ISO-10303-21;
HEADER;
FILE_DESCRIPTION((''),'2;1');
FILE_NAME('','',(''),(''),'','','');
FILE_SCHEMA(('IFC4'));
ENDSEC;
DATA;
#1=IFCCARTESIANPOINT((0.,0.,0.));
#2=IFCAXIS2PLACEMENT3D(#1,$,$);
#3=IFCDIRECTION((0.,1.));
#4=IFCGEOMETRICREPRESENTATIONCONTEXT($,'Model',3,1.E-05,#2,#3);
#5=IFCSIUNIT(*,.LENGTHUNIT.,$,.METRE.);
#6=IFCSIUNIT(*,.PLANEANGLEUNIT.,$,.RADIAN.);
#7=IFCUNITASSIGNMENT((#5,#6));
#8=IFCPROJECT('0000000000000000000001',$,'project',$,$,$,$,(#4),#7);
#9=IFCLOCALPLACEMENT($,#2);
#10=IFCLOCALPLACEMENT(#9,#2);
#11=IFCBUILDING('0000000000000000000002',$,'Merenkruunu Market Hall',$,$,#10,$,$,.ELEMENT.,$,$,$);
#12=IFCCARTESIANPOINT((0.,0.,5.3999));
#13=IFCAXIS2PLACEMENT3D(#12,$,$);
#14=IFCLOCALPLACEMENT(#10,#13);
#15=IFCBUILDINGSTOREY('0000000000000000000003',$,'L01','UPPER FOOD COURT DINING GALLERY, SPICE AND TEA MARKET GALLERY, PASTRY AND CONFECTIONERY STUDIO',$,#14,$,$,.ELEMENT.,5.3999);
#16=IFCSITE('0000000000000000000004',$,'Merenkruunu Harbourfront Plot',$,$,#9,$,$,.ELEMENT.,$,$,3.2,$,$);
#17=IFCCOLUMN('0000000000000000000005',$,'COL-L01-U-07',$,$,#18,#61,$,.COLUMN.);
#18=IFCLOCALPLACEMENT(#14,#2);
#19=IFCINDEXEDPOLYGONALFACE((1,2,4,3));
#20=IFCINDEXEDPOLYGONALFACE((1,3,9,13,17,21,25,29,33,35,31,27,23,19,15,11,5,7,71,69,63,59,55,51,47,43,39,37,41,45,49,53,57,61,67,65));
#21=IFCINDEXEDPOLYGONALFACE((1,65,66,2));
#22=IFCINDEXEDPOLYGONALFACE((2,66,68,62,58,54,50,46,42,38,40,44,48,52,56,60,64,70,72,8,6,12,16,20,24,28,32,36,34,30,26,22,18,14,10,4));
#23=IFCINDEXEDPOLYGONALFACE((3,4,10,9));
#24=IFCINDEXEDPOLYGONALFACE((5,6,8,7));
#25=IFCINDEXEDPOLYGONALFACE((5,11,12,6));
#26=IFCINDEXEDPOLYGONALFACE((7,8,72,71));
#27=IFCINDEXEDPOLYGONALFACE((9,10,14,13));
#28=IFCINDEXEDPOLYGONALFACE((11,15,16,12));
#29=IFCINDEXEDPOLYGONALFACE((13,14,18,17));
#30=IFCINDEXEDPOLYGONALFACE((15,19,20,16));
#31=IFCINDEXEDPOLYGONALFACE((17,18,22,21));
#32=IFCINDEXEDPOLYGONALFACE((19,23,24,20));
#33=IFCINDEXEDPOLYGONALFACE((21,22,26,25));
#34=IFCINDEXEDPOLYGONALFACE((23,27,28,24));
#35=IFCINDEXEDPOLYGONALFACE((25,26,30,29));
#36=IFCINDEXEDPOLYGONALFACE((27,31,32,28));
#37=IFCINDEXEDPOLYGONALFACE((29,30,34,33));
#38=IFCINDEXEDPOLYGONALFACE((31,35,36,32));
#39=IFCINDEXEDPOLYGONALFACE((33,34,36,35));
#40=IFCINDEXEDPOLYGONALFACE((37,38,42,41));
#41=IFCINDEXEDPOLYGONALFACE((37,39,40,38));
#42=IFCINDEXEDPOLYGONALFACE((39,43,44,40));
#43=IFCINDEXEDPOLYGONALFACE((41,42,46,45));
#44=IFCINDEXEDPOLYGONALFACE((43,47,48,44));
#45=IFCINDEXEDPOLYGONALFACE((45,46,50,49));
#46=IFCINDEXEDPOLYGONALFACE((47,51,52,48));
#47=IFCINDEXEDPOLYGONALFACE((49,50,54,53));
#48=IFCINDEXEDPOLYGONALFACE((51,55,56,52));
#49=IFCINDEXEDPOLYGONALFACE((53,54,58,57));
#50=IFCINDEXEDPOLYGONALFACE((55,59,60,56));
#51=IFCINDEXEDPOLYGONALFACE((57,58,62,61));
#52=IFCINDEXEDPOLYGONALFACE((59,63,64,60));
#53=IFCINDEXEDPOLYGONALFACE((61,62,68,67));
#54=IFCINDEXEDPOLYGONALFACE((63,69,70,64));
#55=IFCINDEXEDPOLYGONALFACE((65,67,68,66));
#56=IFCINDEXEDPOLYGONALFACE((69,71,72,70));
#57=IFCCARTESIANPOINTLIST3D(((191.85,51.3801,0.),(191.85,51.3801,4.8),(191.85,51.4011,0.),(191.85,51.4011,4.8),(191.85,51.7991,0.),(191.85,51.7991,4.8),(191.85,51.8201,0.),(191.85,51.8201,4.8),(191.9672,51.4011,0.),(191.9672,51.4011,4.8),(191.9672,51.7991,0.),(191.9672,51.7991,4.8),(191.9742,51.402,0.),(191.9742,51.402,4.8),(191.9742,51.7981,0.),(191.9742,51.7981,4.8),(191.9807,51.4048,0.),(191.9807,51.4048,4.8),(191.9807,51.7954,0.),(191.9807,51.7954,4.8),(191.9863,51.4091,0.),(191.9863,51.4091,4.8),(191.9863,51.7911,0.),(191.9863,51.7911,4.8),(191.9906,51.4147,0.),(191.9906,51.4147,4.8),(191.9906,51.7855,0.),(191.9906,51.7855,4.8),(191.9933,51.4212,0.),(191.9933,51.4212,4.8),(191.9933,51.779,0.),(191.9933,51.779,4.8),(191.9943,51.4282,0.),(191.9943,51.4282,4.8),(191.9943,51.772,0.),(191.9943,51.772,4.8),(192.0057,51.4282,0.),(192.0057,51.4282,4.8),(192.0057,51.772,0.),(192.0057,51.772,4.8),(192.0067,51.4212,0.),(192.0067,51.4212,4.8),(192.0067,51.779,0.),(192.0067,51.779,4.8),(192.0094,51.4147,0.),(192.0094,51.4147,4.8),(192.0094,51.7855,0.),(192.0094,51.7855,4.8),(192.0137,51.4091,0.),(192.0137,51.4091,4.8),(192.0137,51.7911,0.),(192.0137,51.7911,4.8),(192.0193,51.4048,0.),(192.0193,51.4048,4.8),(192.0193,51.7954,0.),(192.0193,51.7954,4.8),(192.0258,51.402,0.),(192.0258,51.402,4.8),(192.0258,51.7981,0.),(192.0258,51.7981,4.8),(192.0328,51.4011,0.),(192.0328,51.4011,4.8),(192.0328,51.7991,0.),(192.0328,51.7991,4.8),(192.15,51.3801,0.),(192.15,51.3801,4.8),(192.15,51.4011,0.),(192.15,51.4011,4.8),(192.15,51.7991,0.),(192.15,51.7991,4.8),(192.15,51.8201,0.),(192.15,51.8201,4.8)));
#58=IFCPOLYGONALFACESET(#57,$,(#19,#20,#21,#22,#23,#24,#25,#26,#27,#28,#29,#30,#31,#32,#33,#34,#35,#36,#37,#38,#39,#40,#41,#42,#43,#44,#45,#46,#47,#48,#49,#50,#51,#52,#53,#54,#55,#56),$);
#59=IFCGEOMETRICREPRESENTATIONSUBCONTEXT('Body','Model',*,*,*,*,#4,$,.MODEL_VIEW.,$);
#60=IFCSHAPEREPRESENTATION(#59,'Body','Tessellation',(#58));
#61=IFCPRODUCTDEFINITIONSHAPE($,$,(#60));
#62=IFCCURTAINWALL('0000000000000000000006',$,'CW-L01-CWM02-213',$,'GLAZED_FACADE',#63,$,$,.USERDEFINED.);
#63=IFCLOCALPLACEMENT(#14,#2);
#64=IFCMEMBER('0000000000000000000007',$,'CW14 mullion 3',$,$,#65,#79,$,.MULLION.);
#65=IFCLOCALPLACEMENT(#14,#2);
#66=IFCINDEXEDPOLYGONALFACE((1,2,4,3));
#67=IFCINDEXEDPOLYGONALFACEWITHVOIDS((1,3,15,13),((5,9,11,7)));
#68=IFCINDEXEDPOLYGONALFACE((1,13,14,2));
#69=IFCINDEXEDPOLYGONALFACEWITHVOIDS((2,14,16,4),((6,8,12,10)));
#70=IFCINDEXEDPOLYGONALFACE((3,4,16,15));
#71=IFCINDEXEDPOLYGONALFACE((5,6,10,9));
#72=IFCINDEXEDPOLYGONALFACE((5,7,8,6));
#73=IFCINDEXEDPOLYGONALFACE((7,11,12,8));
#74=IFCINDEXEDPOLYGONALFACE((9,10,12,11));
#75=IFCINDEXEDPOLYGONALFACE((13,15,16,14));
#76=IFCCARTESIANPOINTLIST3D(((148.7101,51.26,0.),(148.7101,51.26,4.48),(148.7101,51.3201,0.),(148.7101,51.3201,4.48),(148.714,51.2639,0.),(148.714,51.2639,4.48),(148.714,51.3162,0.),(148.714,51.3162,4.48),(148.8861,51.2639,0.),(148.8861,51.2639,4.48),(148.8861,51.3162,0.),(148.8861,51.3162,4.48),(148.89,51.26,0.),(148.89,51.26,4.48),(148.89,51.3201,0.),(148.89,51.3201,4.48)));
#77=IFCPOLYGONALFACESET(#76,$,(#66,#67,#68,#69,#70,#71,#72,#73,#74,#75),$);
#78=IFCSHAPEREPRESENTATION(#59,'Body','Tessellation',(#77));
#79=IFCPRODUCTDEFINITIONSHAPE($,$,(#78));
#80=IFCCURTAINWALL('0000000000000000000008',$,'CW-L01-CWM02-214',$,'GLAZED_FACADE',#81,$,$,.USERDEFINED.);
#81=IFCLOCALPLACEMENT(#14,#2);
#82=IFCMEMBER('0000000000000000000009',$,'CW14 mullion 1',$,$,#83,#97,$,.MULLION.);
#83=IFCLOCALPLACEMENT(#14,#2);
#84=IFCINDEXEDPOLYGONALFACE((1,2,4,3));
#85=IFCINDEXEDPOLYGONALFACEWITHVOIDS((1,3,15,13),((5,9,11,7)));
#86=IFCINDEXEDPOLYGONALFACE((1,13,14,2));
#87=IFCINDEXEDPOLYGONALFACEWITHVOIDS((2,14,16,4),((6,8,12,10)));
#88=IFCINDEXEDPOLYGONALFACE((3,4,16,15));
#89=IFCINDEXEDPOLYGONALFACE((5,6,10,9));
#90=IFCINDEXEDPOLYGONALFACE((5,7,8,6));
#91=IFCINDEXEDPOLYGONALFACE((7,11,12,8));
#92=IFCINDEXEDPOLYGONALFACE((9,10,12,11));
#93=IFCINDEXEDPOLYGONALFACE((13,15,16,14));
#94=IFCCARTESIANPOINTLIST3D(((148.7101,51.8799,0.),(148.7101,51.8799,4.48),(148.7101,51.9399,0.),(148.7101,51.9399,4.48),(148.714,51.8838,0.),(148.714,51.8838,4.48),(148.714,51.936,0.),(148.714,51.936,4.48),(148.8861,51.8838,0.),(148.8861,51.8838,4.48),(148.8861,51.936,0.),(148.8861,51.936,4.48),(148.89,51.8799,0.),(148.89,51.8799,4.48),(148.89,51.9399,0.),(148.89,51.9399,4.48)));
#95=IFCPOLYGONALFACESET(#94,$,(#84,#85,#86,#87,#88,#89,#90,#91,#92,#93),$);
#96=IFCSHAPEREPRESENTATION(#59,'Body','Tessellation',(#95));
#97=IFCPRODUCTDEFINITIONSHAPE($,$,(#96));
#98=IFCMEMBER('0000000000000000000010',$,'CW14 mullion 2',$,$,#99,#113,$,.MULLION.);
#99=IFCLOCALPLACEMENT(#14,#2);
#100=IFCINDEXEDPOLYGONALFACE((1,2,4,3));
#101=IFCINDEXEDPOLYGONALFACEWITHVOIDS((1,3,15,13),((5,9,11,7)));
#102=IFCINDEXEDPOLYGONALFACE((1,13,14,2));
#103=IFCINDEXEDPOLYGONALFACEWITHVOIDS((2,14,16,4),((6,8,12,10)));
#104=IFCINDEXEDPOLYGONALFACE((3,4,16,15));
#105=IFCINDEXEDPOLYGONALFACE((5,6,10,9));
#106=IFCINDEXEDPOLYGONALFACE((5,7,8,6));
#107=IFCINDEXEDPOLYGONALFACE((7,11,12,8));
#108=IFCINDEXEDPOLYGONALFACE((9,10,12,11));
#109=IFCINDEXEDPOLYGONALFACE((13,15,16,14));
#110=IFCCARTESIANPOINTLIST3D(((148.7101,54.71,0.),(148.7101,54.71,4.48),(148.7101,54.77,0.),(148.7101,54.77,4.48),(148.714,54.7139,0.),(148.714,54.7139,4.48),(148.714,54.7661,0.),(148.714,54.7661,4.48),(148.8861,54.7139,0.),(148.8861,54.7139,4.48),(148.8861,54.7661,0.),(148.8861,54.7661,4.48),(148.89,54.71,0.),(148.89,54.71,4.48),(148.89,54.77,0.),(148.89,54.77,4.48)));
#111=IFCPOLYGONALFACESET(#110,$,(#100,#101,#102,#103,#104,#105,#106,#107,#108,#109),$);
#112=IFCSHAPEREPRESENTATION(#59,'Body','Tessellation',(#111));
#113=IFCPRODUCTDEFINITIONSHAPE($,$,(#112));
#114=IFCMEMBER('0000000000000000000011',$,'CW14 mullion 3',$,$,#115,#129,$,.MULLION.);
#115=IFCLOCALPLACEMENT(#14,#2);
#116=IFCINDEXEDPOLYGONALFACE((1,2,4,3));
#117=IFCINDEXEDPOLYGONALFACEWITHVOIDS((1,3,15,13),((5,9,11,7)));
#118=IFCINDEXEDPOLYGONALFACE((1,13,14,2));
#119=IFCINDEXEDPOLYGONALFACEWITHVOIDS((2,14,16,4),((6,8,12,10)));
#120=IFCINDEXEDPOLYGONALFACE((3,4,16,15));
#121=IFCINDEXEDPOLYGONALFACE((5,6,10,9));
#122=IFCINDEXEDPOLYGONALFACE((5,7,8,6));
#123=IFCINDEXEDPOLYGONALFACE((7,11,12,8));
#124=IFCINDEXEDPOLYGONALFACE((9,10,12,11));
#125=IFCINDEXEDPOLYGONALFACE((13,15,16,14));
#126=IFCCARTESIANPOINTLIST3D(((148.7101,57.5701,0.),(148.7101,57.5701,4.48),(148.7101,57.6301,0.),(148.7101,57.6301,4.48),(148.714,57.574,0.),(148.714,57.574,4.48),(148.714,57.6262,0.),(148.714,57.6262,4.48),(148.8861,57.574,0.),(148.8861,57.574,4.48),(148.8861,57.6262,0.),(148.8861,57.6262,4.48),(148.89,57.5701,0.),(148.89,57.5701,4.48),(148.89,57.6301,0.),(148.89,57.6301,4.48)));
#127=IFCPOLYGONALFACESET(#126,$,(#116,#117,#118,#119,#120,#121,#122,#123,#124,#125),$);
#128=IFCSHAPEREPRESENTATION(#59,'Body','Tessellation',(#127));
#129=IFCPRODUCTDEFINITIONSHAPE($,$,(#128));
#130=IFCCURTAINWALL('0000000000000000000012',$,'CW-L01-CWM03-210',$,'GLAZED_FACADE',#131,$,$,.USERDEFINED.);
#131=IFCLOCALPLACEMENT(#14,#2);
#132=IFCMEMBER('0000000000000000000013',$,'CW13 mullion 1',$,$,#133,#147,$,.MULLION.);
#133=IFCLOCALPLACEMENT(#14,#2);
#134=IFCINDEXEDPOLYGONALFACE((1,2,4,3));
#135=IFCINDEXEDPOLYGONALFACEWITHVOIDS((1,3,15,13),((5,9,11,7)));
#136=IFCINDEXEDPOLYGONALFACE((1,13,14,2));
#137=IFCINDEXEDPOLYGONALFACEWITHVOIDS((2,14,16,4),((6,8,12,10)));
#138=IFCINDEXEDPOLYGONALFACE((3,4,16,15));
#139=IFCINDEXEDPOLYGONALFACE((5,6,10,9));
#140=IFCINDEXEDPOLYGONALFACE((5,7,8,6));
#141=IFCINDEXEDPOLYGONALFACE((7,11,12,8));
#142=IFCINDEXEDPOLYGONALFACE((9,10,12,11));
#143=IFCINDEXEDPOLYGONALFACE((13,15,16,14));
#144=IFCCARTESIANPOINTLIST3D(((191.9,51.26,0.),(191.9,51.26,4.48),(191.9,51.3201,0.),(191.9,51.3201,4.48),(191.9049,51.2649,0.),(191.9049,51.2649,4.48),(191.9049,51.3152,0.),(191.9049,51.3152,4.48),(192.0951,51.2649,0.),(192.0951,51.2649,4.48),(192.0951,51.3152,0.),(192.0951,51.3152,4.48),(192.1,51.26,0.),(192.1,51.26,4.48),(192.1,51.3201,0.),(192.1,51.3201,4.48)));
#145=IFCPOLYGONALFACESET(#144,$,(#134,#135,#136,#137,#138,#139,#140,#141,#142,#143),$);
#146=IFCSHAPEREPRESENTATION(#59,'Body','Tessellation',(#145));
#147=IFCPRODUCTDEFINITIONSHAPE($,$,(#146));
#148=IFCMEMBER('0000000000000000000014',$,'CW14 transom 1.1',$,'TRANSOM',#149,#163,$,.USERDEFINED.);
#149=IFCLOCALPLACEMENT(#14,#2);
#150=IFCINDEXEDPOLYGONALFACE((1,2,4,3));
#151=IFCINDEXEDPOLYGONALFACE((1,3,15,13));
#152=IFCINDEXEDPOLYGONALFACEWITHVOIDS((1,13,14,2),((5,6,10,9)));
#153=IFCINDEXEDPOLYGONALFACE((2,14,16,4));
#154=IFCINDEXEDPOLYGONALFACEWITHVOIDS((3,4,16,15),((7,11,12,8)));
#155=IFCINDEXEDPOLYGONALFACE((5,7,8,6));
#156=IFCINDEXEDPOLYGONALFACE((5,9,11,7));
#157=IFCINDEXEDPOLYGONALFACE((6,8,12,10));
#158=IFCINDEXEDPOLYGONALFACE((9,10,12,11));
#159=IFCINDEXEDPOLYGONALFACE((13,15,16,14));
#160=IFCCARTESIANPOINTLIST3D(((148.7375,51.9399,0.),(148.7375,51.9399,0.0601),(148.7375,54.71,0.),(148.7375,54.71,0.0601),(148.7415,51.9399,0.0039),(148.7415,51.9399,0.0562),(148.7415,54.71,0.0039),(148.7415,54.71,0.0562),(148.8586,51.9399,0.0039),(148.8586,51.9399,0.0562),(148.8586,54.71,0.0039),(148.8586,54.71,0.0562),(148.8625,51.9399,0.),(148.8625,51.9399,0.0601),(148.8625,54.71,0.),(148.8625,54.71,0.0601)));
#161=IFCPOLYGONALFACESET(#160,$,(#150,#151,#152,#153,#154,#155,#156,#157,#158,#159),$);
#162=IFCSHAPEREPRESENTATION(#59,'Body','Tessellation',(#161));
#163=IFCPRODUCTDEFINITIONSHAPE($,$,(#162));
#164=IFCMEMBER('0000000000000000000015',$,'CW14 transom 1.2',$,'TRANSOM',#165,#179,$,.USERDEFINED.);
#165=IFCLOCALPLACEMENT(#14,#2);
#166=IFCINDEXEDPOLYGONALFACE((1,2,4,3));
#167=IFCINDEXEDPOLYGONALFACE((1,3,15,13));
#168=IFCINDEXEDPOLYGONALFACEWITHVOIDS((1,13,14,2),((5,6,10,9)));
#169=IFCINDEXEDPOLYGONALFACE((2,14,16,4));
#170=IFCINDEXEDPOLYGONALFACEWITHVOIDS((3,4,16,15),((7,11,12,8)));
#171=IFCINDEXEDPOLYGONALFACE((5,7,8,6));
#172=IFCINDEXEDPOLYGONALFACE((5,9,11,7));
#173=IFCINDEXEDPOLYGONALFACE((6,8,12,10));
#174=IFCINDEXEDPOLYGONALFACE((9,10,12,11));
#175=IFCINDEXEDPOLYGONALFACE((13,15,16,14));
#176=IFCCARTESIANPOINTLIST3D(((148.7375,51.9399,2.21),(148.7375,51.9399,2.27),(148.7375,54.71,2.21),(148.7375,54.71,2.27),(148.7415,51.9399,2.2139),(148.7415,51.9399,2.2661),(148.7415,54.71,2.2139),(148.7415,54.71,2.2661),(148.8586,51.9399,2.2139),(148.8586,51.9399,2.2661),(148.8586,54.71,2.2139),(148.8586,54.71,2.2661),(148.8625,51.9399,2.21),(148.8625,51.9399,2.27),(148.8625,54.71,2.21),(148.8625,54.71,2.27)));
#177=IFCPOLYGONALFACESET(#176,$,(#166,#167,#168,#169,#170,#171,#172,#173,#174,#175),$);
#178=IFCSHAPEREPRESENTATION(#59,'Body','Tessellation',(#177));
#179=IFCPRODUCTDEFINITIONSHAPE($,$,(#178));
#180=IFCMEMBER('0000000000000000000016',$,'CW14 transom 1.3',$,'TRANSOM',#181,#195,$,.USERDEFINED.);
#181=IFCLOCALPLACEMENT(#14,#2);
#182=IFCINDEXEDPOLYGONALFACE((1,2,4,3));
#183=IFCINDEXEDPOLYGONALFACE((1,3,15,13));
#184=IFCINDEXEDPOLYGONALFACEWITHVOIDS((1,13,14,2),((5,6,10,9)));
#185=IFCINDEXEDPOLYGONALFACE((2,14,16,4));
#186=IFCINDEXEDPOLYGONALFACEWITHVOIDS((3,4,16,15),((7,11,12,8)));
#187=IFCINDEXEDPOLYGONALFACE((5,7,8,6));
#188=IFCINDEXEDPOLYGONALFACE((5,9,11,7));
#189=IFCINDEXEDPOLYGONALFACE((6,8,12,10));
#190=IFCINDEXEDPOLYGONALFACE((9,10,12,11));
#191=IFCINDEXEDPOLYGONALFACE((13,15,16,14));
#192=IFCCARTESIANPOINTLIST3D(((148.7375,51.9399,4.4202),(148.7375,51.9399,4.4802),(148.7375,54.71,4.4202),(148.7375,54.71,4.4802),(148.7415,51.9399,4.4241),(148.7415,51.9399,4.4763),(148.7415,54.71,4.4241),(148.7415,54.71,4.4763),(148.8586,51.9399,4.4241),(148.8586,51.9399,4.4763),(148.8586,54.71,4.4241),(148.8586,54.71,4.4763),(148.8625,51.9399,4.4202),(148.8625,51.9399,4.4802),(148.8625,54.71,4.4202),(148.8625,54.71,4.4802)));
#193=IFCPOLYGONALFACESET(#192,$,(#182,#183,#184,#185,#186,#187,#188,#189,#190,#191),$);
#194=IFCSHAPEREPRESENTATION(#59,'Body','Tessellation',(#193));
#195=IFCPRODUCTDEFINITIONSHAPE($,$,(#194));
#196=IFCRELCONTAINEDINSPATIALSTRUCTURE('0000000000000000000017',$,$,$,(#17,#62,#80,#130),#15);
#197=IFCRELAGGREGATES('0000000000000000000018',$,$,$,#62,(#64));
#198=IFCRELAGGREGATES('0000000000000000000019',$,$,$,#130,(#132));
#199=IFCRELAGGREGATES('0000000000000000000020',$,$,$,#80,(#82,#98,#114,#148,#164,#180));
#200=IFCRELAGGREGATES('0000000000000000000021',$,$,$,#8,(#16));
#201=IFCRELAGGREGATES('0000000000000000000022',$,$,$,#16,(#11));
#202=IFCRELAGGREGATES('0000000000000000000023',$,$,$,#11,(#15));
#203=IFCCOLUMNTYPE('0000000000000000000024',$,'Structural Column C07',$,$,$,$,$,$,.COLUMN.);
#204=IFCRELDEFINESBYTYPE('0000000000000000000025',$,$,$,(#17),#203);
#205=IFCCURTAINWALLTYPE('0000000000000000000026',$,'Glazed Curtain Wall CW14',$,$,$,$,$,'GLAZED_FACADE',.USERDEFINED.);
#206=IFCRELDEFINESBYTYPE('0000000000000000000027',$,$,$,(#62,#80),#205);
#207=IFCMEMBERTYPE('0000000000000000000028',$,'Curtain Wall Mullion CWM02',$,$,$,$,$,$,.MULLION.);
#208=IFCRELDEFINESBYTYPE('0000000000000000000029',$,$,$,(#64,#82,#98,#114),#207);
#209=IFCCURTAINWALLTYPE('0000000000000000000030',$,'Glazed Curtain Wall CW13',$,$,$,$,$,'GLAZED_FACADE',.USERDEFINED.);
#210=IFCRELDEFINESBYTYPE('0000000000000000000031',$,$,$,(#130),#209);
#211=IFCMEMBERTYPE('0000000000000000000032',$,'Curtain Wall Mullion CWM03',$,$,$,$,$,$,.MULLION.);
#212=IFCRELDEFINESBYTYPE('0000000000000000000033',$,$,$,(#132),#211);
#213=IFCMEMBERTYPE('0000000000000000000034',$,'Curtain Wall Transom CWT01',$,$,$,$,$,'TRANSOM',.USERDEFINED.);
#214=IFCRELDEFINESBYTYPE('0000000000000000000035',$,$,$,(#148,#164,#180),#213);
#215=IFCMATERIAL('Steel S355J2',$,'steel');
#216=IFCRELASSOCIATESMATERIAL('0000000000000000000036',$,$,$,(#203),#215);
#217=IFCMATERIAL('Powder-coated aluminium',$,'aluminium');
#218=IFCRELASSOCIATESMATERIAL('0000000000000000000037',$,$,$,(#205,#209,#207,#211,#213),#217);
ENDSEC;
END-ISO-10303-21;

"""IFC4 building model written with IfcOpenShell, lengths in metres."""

from ifc_helpers import new_model, si_unit, direction, frame, origin, origin_2d, place, context, subcontext, project, spatial, hollow_rectangle, i_section, extrude, material, material_profile, profile_set, type_object, element, aggregate, save


model = new_model("IFC4")

# Units and contexts
model_context = context("Model", 3, precision=1e-05, world=origin(), true_north=direction((0.0, 1.0)))
body_context = subcontext(model_context, "Body", "Model", "MODEL_VIEW")
ifc_project = project(units=[si_unit("LENGTHUNIT", "METRE"), si_unit("PLANEANGLEUNIT", "RADIAN")], contexts=[model_context])

# Site, building, storey
site_placement = place(None, origin())
site = spatial("IfcSite", under=ifc_project, at=site_placement, Name="Merenkruunu Harbourfront Plot", CompositionType="ELEMENT", RefElevation=3.2)
building_placement = place(site_placement, origin())
building = spatial("IfcBuilding", under=site, at=building_placement, Name="Merenkruunu Market Hall", CompositionType="ELEMENT")
storey_placement = place(building_placement, frame((0.0, 0.0, 5.3999)))
storey = spatial("IfcBuildingStorey", under=building, at=storey_placement, Name="L01", Description="UPPER FOOD COURT DINING GALLERY, SPICE AND TEA MARKET GALLERY, PASTRY AND CONFECTIONERY STUDIO", CompositionType="ELEMENT", Elevation=5.3999)

# Column
ifc_material_1 = material(Name="Steel S355J2", Category="steel")
ifc_material_profile_1 = material_profile(ifc_material_1, i_section(OverallWidth=0.3, OverallDepth=0.4399, WebThickness=0.0115, FlangeThickness=0.021, FilletRadius=0.0271, at=origin_2d()), Name="HEA 450")
ifc_profile_set_1 = profile_set([ifc_material_profile_1], Name="Steel S355J2")
column_type = type_object("IfcColumnType", Name="Structural Column C07", PredefinedType="COLUMN", material=ifc_profile_set_1)
for number, where, z_axis, x_axis, name in (
    (1, (192.0, 51.6001, 0.0), (0.0, 0.0, 1.0), (1.0, 0.0, 0.0), "COL-L01-U-07"),
):
    element("IfcColumn", number, at=place(storey_placement, frame(where, z_axis=z_axis, x_axis=x_axis)), inside=storey, type_object=column_type, Name=name, PredefinedType="COLUMN", context=body_context, shape_type="SweptSolid", body=[
        extrude(i_section(OverallWidth=0.3, OverallDepth=0.4399, WebThickness=0.0115, FlangeThickness=0.021, FilletRadius=0.0271, at=origin_2d()), origin(), (0.0, 0.0, 1.0), 4.8),
    ])

# Curtain wall, member
ifc_material_2 = material(Name="Powder-coated aluminium", Category="aluminium")
curtain_wall_type_1 = type_object("IfcCurtainWallType", Name="Glazed Curtain Wall CW14", ElementType="GLAZED_FACADE", PredefinedType="USERDEFINED", material=ifc_material_2)
curtain_wall_1_placement = place(storey_placement, origin())
curtain_wall_1 = element("IfcCurtainWall", 2, at=curtain_wall_1_placement, inside=storey, type_object=curtain_wall_type_1, Name="CW-L01-CWM02-213", ObjectType="GLAZED_FACADE", PredefinedType="USERDEFINED")
ifc_material_profile_2 = material_profile(ifc_material_2, hollow_rectangle(XDim=0.0601, YDim=0.1799, WallThickness=0.0039, at=origin_2d()), Name="ALU 60x180x4")
ifc_profile_set_2 = profile_set([ifc_material_profile_2], Name="Powder-coated aluminium")
member_type_1 = type_object("IfcMemberType", Name="Curtain Wall Mullion CWM02", PredefinedType="MULLION", material=ifc_profile_set_2)
member_1_placement = place(storey_placement, frame((148.8, 51.29, 0.0), z_axis=(0.0, 0.0, 1.0), x_axis=(0.0, 1.0, 0.0)))
member_1 = element("IfcMember", 3, at=member_1_placement, type_object=member_type_1, Name="CW14 mullion 3", PredefinedType="MULLION", context=body_context, shape_type="SweptSolid", body=[
    extrude(hollow_rectangle(XDim=0.0601, YDim=0.1799, WallThickness=0.0039, at=origin_2d()), origin(), (0.0, 0.0, 1.0), 4.48),
])
aggregate(curtain_wall_1, [member_1])

# Curtain wall, members
curtain_wall_2_placement = place(storey_placement, origin())
curtain_wall_2 = element("IfcCurtainWall", 4, at=curtain_wall_2_placement, inside=storey, type_object=curtain_wall_type_1, Name="CW-L01-CWM02-214", ObjectType="GLAZED_FACADE", PredefinedType="USERDEFINED")
member_2_placement = place(storey_placement, frame((148.8, 51.9099, 0.0), z_axis=(0.0, 0.0, 1.0), x_axis=(0.0, 1.0, 0.0)))
member_2 = element("IfcMember", 5, at=member_2_placement, type_object=member_type_1, Name="CW14 mullion 1", PredefinedType="MULLION", context=body_context, shape_type="SweptSolid", body=[
    extrude(hollow_rectangle(XDim=0.0601, YDim=0.1799, WallThickness=0.0039, at=origin_2d()), origin(), (0.0, 0.0, 1.0), 4.48),
])
member_3_placement = place(storey_placement, frame((148.8, 54.74, 0.0), z_axis=(0.0, 0.0, 1.0), x_axis=(0.0, 1.0, 0.0)))
member_3 = element("IfcMember", 6, at=member_3_placement, type_object=member_type_1, Name="CW14 mullion 2", PredefinedType="MULLION", context=body_context, shape_type="SweptSolid", body=[
    extrude(hollow_rectangle(XDim=0.0601, YDim=0.1799, WallThickness=0.0039, at=origin_2d()), origin(), (0.0, 0.0, 1.0), 4.48),
])
member_4_placement = place(storey_placement, frame((148.8, 57.6001, 0.0), z_axis=(0.0, 0.0, 1.0), x_axis=(0.0, 1.0, 0.0)))
member_4 = element("IfcMember", 7, at=member_4_placement, type_object=member_type_1, Name="CW14 mullion 3", PredefinedType="MULLION", context=body_context, shape_type="SweptSolid", body=[
    extrude(hollow_rectangle(XDim=0.0601, YDim=0.1799, WallThickness=0.0039, at=origin_2d()), origin(), (0.0, 0.0, 1.0), 4.48),
])

# Curtain wall, member
curtain_wall_type_2 = type_object("IfcCurtainWallType", Name="Glazed Curtain Wall CW13", ElementType="GLAZED_FACADE", PredefinedType="USERDEFINED", material=ifc_material_2)
curtain_wall_3_placement = place(storey_placement, origin())
curtain_wall_3 = element("IfcCurtainWall", 8, at=curtain_wall_3_placement, inside=storey, type_object=curtain_wall_type_2, Name="CW-L01-CWM03-210", ObjectType="GLAZED_FACADE", PredefinedType="USERDEFINED")
ifc_material_profile_3 = material_profile(ifc_material_2, hollow_rectangle(XDim=0.0601, YDim=0.2, WallThickness=0.0049, at=origin_2d()), Name="ALU 60x200x5")
ifc_profile_set_3 = profile_set([ifc_material_profile_3], Name="Powder-coated aluminium")
member_type_2 = type_object("IfcMemberType", Name="Curtain Wall Mullion CWM03", PredefinedType="MULLION", material=ifc_profile_set_3)
member_5_placement = place(storey_placement, frame((192.0, 51.29, 0.0), z_axis=(0.0, 0.0, 1.0), x_axis=(0.0, -1.0, 0.0)))
member_5 = element("IfcMember", 9, at=member_5_placement, type_object=member_type_2, Name="CW13 mullion 1", PredefinedType="MULLION", context=body_context, shape_type="SweptSolid", body=[
    extrude(hollow_rectangle(XDim=0.0601, YDim=0.2, WallThickness=0.0049, at=origin_2d()), origin(), (0.0, 0.0, 1.0), 4.48),
])
aggregate(curtain_wall_3, [member_5])

# Members
ifc_material_profile_4 = material_profile(ifc_material_2, hollow_rectangle(XDim=0.0601, YDim=0.125, WallThickness=0.0039, at=origin_2d()), Name="ALU 60x125x4")
ifc_profile_set_4 = profile_set([ifc_material_profile_4], Name="Powder-coated aluminium")
member_type_3 = type_object("IfcMemberType", Name="Curtain Wall Transom CWT01", ElementType="TRANSOM", PredefinedType="USERDEFINED", material=ifc_profile_set_4)
member_6_placement = place(storey_placement, frame((148.8, 51.9399, 0.03), z_axis=(0.0, 1.0, 0.0), x_axis=(0.0, 0.0, 1.0)))
member_6 = element("IfcMember", 10, at=member_6_placement, type_object=member_type_3, Name="CW14 transom 1.1", ObjectType="TRANSOM", PredefinedType="USERDEFINED", context=body_context, shape_type="SweptSolid", body=[
    extrude(hollow_rectangle(XDim=0.0601, YDim=0.125, WallThickness=0.0039, at=origin_2d()), origin(), (0.0, 0.0, 1.0), 2.77),
])
member_7_placement = place(storey_placement, frame((148.8, 51.9399, 2.24), z_axis=(0.0, 1.0, 0.0), x_axis=(0.0, 0.0, 1.0)))
member_7 = element("IfcMember", 11, at=member_7_placement, type_object=member_type_3, Name="CW14 transom 1.2", ObjectType="TRANSOM", PredefinedType="USERDEFINED", context=body_context, shape_type="SweptSolid", body=[
    extrude(hollow_rectangle(XDim=0.0601, YDim=0.125, WallThickness=0.0039, at=origin_2d()), origin(), (0.0, 0.0, 1.0), 2.77),
])
member_8_placement = place(storey_placement, frame((148.8, 51.9399, 4.4502), z_axis=(0.0, 1.0, 0.0), x_axis=(0.0, 0.0, 1.0)))
member_8 = element("IfcMember", 12, at=member_8_placement, type_object=member_type_3, Name="CW14 transom 1.3", ObjectType="TRANSOM", PredefinedType="USERDEFINED", context=body_context, shape_type="SweptSolid", body=[
    extrude(hollow_rectangle(XDim=0.0601, YDim=0.125, WallThickness=0.0039, at=origin_2d()), origin(), (0.0, 0.0, 1.0), 2.77),
])

aggregate(curtain_wall_2, [member_2, member_3, member_4, member_6, member_7, member_8])

save(model, "model.ifc")
